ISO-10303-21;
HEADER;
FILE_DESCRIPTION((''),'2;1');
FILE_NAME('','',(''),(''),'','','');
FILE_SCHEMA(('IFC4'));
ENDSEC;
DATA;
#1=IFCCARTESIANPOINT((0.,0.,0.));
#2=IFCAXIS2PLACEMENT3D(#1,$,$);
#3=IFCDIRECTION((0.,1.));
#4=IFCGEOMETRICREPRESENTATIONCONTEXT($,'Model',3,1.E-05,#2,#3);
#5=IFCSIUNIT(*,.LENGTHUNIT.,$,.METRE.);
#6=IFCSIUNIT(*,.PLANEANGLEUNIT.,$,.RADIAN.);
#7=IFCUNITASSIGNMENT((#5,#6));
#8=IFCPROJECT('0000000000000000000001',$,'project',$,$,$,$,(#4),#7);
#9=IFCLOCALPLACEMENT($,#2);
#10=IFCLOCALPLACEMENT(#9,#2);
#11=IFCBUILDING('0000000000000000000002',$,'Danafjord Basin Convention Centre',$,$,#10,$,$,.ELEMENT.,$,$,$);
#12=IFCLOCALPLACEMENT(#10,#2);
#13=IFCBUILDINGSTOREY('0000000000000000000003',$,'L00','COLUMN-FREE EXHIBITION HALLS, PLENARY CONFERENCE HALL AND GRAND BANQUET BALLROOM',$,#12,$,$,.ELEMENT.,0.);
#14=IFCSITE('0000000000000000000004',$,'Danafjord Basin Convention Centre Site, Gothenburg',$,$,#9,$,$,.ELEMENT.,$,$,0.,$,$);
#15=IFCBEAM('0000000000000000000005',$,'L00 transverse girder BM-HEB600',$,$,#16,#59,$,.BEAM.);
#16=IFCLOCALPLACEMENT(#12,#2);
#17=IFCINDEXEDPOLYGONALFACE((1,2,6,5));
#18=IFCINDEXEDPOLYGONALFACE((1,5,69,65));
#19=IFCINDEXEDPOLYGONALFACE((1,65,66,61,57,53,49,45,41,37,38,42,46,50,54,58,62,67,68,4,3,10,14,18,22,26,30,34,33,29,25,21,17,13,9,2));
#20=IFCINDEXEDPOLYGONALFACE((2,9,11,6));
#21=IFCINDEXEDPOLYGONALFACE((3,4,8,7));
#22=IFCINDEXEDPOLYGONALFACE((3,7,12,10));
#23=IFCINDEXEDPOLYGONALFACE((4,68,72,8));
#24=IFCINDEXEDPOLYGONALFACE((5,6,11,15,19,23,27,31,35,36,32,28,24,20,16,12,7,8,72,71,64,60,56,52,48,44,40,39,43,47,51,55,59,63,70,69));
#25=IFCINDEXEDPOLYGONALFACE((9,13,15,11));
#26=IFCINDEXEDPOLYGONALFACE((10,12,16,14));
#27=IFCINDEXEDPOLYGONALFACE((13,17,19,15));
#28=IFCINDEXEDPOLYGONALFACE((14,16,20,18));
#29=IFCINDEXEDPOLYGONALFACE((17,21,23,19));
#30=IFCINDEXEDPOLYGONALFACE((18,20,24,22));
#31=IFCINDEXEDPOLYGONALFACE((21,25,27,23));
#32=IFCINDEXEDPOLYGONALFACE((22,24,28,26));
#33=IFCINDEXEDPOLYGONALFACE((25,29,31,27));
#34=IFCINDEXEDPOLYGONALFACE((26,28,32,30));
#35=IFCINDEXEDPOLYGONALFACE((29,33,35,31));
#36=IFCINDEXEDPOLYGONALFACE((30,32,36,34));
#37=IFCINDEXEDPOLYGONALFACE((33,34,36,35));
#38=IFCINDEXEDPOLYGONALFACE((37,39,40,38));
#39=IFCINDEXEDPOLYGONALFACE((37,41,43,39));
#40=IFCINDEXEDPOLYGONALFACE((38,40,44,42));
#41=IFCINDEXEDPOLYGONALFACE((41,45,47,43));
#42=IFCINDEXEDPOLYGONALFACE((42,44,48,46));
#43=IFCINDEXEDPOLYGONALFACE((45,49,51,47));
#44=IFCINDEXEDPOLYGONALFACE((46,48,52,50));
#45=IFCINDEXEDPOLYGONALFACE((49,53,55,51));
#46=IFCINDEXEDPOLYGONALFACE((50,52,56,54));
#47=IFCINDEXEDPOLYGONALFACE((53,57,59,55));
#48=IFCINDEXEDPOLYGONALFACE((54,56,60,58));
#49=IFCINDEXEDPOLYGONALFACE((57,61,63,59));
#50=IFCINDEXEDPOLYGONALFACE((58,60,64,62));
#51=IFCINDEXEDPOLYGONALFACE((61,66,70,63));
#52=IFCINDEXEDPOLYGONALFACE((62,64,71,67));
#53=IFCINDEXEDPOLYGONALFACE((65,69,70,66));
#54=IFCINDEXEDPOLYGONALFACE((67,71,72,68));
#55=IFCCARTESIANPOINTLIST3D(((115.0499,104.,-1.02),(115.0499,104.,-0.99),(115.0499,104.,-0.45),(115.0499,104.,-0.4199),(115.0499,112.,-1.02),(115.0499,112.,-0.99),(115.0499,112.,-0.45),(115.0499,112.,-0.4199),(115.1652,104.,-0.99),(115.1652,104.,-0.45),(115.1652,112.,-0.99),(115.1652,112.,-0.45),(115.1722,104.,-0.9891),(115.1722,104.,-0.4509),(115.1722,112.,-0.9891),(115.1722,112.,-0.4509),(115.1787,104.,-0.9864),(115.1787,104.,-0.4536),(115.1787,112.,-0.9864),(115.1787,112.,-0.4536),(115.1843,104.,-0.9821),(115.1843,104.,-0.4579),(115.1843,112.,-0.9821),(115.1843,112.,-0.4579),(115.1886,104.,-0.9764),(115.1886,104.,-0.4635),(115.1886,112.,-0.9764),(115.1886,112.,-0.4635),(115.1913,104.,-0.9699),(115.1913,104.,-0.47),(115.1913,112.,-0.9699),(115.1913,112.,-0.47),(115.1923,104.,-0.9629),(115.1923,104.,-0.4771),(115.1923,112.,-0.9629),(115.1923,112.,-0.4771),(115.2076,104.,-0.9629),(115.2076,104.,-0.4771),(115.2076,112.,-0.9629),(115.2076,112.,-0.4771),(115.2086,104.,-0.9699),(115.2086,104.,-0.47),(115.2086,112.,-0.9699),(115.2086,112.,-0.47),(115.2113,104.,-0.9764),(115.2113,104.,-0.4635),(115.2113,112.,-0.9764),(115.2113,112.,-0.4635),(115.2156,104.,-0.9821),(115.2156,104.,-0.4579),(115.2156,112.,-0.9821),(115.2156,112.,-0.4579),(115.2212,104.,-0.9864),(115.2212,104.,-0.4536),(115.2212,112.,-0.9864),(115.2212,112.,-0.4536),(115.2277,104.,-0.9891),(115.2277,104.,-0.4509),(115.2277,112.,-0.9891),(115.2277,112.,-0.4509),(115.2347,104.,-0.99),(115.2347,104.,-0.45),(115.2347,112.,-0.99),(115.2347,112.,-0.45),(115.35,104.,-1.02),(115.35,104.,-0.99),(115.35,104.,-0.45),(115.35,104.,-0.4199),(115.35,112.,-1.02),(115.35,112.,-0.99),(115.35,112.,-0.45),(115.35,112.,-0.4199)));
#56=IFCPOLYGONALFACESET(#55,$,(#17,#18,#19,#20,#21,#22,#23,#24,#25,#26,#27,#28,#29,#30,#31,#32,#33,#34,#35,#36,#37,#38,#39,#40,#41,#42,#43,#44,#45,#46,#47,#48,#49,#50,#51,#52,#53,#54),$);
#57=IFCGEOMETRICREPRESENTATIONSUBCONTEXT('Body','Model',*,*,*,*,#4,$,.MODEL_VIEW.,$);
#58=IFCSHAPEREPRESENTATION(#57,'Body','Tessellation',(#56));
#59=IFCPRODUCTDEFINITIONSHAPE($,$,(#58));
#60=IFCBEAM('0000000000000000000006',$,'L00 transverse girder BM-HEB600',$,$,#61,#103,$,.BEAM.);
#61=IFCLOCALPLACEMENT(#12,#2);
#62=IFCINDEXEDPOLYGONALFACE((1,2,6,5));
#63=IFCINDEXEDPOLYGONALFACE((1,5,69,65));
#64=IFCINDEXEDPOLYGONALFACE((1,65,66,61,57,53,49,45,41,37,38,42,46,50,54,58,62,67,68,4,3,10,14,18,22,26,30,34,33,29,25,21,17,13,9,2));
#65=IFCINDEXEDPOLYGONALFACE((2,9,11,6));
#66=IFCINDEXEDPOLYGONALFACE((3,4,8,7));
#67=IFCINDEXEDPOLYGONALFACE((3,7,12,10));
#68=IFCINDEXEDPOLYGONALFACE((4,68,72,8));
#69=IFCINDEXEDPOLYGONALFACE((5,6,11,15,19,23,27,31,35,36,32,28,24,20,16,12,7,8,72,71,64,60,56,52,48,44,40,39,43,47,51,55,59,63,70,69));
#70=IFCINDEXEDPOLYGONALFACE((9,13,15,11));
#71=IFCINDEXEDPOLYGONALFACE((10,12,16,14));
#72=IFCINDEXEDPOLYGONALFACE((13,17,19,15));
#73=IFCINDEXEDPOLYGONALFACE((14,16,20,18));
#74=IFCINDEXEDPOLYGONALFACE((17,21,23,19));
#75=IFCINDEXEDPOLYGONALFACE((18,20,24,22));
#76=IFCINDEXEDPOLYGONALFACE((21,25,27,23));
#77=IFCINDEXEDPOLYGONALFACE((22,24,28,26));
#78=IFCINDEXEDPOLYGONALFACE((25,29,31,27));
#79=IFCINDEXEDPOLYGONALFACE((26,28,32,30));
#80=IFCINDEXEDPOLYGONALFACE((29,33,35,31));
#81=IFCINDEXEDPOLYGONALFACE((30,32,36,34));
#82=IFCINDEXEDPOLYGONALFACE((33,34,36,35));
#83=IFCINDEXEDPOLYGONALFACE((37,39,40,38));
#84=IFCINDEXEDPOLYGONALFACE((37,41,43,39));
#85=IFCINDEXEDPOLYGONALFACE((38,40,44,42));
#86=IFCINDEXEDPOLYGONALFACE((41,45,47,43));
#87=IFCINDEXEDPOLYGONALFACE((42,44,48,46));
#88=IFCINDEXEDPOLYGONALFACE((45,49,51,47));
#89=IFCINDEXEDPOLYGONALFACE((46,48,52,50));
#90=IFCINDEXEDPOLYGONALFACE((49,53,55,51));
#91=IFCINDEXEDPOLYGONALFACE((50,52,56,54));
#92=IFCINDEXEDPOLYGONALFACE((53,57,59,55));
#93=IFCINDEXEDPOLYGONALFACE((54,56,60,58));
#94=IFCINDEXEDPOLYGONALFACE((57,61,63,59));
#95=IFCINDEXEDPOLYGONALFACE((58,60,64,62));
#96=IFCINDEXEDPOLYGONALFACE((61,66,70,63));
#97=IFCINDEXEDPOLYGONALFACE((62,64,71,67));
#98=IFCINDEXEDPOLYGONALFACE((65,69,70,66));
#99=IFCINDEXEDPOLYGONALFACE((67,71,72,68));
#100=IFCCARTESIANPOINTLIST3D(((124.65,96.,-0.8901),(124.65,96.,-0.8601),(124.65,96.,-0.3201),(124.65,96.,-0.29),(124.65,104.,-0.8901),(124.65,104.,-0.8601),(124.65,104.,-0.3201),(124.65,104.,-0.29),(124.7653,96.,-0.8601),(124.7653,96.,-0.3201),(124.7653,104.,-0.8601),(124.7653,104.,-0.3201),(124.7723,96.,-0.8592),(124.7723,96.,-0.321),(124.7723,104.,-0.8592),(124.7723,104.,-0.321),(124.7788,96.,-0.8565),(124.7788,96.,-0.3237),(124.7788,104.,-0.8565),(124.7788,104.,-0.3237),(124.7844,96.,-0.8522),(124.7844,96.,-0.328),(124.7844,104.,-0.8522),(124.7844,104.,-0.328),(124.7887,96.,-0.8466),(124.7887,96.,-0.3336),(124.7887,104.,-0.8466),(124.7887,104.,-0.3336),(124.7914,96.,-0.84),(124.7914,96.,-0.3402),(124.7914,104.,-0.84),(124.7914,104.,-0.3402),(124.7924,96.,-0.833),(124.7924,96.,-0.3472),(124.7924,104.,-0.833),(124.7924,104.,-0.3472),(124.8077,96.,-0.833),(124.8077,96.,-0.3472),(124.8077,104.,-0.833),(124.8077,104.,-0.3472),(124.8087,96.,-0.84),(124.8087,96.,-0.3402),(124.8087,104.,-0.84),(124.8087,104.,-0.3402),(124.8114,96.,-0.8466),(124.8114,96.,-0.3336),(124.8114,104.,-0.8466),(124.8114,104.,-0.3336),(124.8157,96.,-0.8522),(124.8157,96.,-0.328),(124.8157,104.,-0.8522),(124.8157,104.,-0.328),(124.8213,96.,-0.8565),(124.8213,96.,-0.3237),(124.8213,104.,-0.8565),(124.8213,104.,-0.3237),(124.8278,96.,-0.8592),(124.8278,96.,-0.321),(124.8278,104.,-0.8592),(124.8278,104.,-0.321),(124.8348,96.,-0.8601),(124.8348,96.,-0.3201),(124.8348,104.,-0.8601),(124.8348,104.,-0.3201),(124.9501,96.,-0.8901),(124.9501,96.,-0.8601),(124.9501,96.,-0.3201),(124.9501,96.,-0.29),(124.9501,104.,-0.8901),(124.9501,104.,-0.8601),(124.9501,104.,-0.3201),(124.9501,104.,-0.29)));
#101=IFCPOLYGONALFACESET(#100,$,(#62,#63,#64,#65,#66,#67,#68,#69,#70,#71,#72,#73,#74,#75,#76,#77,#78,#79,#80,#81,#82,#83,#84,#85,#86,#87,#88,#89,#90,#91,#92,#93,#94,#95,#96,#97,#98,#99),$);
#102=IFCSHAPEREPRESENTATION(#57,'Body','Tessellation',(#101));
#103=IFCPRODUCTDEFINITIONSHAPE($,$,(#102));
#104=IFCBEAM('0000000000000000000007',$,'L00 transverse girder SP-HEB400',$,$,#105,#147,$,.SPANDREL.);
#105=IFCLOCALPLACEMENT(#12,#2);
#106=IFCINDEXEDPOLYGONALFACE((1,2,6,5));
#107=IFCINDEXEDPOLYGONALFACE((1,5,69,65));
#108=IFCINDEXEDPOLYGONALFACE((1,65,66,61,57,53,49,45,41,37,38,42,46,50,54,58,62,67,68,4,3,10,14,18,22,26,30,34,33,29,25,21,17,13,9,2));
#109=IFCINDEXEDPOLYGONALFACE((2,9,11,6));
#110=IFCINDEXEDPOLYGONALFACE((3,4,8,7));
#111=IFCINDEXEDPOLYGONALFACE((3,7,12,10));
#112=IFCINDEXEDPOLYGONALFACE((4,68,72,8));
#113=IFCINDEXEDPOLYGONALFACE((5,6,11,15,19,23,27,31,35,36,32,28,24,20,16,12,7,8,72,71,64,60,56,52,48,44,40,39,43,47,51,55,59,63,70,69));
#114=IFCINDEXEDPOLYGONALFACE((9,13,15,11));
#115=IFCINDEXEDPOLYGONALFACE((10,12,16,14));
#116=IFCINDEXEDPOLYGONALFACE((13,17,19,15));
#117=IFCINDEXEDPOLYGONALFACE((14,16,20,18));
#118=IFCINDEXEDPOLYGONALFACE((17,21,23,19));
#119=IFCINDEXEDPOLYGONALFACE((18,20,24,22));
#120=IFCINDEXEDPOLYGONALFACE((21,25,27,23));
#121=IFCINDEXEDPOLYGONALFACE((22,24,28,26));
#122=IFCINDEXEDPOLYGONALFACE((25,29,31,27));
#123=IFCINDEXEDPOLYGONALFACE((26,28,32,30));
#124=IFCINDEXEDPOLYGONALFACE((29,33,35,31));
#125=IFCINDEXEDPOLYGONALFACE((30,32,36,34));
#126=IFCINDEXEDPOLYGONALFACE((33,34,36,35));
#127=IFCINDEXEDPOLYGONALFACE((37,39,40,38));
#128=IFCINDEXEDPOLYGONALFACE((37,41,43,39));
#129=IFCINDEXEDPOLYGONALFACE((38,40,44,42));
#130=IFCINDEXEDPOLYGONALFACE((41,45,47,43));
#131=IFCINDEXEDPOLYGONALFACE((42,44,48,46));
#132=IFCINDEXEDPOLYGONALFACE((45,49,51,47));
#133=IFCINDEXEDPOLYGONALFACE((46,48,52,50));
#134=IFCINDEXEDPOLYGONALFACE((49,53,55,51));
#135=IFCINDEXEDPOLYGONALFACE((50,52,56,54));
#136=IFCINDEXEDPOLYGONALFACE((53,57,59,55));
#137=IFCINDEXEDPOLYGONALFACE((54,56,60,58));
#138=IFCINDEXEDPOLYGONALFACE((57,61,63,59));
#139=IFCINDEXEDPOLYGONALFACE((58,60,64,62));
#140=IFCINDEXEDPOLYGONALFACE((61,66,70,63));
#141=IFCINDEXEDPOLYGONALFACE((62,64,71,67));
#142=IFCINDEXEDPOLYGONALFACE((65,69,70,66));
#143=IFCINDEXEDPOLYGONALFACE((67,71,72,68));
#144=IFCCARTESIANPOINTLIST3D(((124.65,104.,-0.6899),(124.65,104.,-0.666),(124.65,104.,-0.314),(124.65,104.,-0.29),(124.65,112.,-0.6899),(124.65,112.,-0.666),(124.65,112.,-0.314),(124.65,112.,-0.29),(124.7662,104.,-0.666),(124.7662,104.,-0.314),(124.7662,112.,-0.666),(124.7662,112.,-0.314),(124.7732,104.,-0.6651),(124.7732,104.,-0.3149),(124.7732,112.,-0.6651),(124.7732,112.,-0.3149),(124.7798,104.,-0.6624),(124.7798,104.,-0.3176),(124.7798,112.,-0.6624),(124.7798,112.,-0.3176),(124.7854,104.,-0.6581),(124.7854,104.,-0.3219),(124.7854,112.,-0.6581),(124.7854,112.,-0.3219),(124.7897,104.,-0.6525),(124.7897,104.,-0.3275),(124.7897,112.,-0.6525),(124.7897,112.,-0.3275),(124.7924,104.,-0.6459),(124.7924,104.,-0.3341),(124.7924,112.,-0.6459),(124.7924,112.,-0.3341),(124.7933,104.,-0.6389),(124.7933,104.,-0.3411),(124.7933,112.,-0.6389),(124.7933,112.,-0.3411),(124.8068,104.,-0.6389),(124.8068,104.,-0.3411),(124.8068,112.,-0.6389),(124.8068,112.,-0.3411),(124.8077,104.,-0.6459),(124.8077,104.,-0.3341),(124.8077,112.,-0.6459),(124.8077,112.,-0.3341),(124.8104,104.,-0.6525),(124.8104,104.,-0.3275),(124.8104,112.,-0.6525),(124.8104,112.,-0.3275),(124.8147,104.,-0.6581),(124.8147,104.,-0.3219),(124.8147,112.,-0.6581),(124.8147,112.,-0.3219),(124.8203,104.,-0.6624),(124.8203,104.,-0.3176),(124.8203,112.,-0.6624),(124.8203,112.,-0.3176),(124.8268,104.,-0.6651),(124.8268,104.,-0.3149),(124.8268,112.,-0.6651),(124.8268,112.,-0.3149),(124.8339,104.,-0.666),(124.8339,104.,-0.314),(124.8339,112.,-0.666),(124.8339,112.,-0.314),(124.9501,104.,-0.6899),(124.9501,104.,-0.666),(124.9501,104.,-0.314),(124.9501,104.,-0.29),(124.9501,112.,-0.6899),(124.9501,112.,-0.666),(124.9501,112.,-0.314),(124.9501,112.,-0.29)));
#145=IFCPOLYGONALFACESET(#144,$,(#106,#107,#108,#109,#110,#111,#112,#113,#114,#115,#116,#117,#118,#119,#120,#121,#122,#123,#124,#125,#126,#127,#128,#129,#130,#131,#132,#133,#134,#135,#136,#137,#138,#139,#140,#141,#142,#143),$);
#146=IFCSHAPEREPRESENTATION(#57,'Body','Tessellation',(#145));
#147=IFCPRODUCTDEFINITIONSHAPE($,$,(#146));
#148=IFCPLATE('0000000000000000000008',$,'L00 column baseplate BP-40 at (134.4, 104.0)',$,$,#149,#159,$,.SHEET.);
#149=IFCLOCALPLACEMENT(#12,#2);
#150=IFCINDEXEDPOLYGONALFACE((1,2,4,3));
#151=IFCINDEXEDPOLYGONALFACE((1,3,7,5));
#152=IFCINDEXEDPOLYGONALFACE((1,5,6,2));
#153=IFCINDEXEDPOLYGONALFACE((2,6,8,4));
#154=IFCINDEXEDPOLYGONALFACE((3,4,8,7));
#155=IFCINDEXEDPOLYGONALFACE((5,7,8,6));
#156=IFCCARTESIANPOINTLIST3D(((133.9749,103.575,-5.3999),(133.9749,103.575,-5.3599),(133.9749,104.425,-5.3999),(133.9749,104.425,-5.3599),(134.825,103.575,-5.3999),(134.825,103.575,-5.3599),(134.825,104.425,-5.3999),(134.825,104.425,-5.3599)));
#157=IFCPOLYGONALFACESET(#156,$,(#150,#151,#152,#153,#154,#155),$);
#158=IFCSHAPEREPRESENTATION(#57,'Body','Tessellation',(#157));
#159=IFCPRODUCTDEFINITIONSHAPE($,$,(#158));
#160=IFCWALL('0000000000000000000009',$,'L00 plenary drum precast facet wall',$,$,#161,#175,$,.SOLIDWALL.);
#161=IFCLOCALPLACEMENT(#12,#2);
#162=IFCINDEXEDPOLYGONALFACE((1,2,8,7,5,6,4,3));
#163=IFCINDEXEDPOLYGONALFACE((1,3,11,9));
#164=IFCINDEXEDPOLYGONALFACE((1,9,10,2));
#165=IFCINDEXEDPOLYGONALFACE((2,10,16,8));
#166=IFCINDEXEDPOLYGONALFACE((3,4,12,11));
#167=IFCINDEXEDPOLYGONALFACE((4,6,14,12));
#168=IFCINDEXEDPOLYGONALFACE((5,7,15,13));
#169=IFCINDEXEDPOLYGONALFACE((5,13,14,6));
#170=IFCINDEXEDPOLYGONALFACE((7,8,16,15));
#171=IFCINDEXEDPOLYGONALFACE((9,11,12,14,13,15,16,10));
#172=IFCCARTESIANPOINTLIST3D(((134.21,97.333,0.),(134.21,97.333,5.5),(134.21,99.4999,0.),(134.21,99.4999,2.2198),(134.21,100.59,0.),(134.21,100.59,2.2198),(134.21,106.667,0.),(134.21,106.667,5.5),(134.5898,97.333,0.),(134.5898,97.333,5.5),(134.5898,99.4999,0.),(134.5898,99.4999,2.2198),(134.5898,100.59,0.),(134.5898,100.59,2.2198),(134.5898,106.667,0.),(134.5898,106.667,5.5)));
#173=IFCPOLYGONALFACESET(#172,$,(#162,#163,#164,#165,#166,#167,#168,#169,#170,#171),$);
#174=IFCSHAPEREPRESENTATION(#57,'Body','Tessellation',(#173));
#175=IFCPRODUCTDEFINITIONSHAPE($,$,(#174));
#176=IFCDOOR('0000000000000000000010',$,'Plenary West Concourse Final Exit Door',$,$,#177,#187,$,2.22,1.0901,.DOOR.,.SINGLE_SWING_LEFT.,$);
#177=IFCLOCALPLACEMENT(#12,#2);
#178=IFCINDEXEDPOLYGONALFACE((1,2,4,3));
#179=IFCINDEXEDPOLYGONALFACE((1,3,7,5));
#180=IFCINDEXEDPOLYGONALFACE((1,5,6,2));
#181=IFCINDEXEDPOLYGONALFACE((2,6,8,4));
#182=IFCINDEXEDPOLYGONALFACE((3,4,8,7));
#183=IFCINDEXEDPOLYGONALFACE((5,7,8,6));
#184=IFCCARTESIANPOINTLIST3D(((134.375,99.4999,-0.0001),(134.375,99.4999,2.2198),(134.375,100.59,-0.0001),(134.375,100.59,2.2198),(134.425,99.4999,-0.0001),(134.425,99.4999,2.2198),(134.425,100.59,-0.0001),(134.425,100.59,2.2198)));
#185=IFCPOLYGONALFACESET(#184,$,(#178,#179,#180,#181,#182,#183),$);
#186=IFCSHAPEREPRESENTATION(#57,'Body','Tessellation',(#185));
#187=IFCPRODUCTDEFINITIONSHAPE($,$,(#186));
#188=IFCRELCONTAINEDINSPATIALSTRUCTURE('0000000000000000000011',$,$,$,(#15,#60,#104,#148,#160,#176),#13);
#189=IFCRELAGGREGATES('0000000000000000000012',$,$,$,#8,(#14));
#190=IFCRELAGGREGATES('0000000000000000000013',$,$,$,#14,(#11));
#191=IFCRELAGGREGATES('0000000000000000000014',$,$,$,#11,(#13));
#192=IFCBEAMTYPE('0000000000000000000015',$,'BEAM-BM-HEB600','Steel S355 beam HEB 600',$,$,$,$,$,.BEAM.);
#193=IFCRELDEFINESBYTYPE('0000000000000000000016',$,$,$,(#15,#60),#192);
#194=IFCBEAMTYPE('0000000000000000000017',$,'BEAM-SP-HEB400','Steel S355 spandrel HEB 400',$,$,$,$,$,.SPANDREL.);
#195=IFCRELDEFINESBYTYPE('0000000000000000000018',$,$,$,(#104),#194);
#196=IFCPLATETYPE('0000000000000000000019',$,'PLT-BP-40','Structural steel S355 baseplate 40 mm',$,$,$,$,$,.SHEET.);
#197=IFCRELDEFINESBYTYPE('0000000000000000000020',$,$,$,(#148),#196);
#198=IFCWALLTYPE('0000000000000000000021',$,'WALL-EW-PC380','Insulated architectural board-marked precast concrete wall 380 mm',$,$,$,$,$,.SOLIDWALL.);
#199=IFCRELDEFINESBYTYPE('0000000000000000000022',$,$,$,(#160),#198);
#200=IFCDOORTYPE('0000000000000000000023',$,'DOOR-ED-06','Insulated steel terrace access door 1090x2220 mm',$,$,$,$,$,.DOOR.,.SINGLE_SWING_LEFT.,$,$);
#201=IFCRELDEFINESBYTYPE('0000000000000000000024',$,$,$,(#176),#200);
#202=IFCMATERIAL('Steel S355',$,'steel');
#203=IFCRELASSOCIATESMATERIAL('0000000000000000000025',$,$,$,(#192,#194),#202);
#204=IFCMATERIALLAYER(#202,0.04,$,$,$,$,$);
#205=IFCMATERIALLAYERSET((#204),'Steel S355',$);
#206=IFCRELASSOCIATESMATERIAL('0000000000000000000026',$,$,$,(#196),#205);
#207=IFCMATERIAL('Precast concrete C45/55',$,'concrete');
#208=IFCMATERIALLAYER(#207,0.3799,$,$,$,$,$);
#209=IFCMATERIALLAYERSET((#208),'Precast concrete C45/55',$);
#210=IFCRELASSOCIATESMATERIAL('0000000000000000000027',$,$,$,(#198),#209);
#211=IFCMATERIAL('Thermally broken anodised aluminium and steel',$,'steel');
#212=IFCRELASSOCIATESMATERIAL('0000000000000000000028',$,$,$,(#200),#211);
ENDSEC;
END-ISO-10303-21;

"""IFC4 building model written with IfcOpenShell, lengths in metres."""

from ifc_helpers import new_model, si_unit, direction, frame, frame_2d, origin, origin_2d, place, context, subcontext, project, spatial, rectangle, i_section, extrude, material, layer, layer_set, material_profile, profile_set, type_object, element, fill, save


model = new_model("IFC4")

# Units and contexts
model_context = context("Model", 3, precision=1e-05, world=origin(), true_north=direction((0.0, 1.0)))
body_context = subcontext(model_context, "Body", "Model", "MODEL_VIEW")
ifc_project = project(units=[si_unit("LENGTHUNIT", "METRE"), si_unit("PLANEANGLEUNIT", "RADIAN")], contexts=[model_context])

# Site, building, storey
site_placement = place(None, origin())
site = spatial("IfcSite", under=ifc_project, at=site_placement, Name="Danafjord Basin Convention Centre Site, Gothenburg", CompositionType="ELEMENT", RefElevation=0.0)
building_placement = place(site_placement, origin())
building = spatial("IfcBuilding", under=site, at=building_placement, Name="Danafjord Basin Convention Centre", CompositionType="ELEMENT")
storey_placement = place(building_placement, origin())
storey = spatial("IfcBuildingStorey", under=building, at=storey_placement, Name="L00", Description="COLUMN-FREE EXHIBITION HALLS, PLENARY CONFERENCE HALL AND GRAND BANQUET BALLROOM", CompositionType="ELEMENT", Elevation=0.0)

# Shared definitions
ifc_material_1 = material(Name="Steel S355", Category="steel")

# Beams
ifc_material_profile_1 = material_profile(ifc_material_1, i_section(OverallWidth=0.3, OverallDepth=0.6001, WebThickness=0.0154, FlangeThickness=0.03, FilletRadius=0.0271, at=origin_2d()), Name="HEB 600")
ifc_profile_set_1 = profile_set([ifc_material_profile_1], Name="Steel S355")
beam_type_1 = type_object("IfcBeamType", Name="BEAM-BM-HEB600", Description="Steel S355 beam HEB 600", PredefinedType="BEAM", material=ifc_profile_set_1)
for number, where, z_axis, x_axis, name in (
    (1, (115.2, 104.0, -0.72), (0.0, 1.0, 0.0), (-1.0, 0.0, 0.0), "L00 transverse girder BM-HEB600"),
    (2, (124.8, 96.0, -0.5901), (0.0, 1.0, 0.0), (-1.0, 0.0, 0.0), "L00 transverse girder BM-HEB600"),
):
    element("IfcBeam", number, at=place(storey_placement, frame(where, z_axis=z_axis, x_axis=x_axis)), inside=storey, type_object=beam_type_1, Name=name, PredefinedType="BEAM", context=body_context, shape_type="SweptSolid", body=[
        extrude(i_section(OverallWidth=0.3, OverallDepth=0.6001, WebThickness=0.0154, FlangeThickness=0.03, FilletRadius=0.0271, at=origin_2d()), origin(), (0.0, 0.0, 1.0), 8.0),
    ])
ifc_material_profile_2 = material_profile(ifc_material_1, i_section(OverallWidth=0.3, OverallDepth=0.3999, WebThickness=0.0134, FlangeThickness=0.0239, FilletRadius=0.0271, at=origin_2d()), Name="HEB 400")
ifc_profile_set_2 = profile_set([ifc_material_profile_2], Name="Steel S355")
beam_type_2 = type_object("IfcBeamType", Name="BEAM-SP-HEB400", Description="Steel S355 spandrel HEB 400", PredefinedType="SPANDREL", material=ifc_profile_set_2)
beam_1_placement = place(storey_placement, frame((124.8, 104.0, -0.49), z_axis=(0.0, 1.0, 0.0), x_axis=(-1.0, 0.0, 0.0)))
element("IfcBeam", 3, at=beam_1_placement, inside=storey, type_object=beam_type_2, Name="L00 transverse girder SP-HEB400", PredefinedType="SPANDREL", context=body_context, shape_type="SweptSolid", body=[
    extrude(i_section(OverallWidth=0.3, OverallDepth=0.3999, WebThickness=0.0134, FlangeThickness=0.0239, FilletRadius=0.0271, at=origin_2d()), origin(), (0.0, 0.0, 1.0), 8.0),
])

# Plate
ifc_layer_1 = layer(ifc_material_1, 0.04)
ifc_layer_set_1 = layer_set([ifc_layer_1], Name="Steel S355")
plate_type = type_object("IfcPlateType", Name="PLT-BP-40", Description="Structural steel S355 baseplate 40 mm", PredefinedType="SHEET", material=ifc_layer_set_1)
plate_placement = place(storey_placement, frame((134.3999, 104.0, -5.3999), z_axis=(0.0, 0.0, 1.0), x_axis=(1.0, 0.0, 0.0)))
element("IfcPlate", 4, at=plate_placement, inside=storey, type_object=plate_type, Name="L00 column baseplate BP-40 at (134.4, 104.0)", PredefinedType="SHEET", context=body_context, shape_type="SweptSolid", body=[
    extrude(rectangle(XDim=0.8501, YDim=0.8501, at=origin_2d()), origin(), (0.0, 0.0, 1.0), 0.04),
])

# Wall, opening, door
ifc_material_2 = material(Name="Precast concrete C45/55", Category="concrete")
ifc_layer_2 = layer(ifc_material_2, 0.3799)
ifc_layer_set_2 = layer_set([ifc_layer_2], Name="Precast concrete C45/55")
wall_type_1 = type_object("IfcWallType", Name="WALL-EW-PC380", Description="Insulated architectural board-marked precast concrete wall 380 mm", PredefinedType="SOLIDWALL", material=ifc_layer_set_2)
wall_1_placement = place(storey_placement, frame((134.3999, 97.333, 0.0), z_axis=(0.0, 0.0, 1.0), x_axis=(0.0, 1.0, 0.0)))
wall_1 = element("IfcWall", 5, at=wall_1_placement, inside=storey, type_object=wall_type_1, Name="L00 plenary drum precast facet wall", PredefinedType="SOLIDWALL", context=body_context, shape_type="SweptSolid", body=[
    extrude(rectangle(XDim=9.334, YDim=0.3799, at=frame_2d((4.667, 0.0))), origin(), (0.0, 0.0, 1.0), 5.5),
])
opening_1_placement = place(wall_1_placement, frame((2.167, 0.0, 0.0)))
opening_1 = element("IfcOpeningElement", 6, at=opening_1_placement, cuts=wall_1, PredefinedType="OPENING", context=body_context, shape_type="SweptSolid", body=[
    extrude(rectangle(XDim=1.0901, YDim=2.22, at=frame_2d((0.5449, 1.1099))), frame((0.0, 0.2, 0.0), z_axis=(0.0, -1.0, 0.0), x_axis=(1.0, 0.0, 0.0)), (0.0, 0.0, 1.0), 0.3999),
])
ifc_material_3 = material(Name="Thermally broken anodised aluminium and steel", Category="steel")
door_type_1 = type_object("IfcDoorType", Name="DOOR-ED-06", Description="Insulated steel terrace access door 1090x2220 mm", OperationType="SINGLE_SWING_LEFT", PredefinedType="DOOR", material=ifc_material_3)
door_1_placement = place(opening_1_placement, origin())
door_1 = element("IfcDoor", 7, at=door_1_placement, inside=storey, type_object=door_type_1, Name="Plenary West Concourse Final Exit Door", OperationType="SINGLE_SWING_LEFT", OverallHeight=2.22, OverallWidth=1.0901, PredefinedType="DOOR", context=body_context, shape_type="SweptSolid", body=[
    extrude(rectangle(XDim=1.0901, YDim=2.22, at=frame_2d((0.5449, 1.1099))), frame((0.0, 0.0249, 0.0), z_axis=(0.0, -1.0, 0.0), x_axis=(1.0, 0.0, 0.0)), (0.0, 0.0, 1.0), 0.05),
])
fill(opening_1, door_1)

save(model, "model.ifc")
